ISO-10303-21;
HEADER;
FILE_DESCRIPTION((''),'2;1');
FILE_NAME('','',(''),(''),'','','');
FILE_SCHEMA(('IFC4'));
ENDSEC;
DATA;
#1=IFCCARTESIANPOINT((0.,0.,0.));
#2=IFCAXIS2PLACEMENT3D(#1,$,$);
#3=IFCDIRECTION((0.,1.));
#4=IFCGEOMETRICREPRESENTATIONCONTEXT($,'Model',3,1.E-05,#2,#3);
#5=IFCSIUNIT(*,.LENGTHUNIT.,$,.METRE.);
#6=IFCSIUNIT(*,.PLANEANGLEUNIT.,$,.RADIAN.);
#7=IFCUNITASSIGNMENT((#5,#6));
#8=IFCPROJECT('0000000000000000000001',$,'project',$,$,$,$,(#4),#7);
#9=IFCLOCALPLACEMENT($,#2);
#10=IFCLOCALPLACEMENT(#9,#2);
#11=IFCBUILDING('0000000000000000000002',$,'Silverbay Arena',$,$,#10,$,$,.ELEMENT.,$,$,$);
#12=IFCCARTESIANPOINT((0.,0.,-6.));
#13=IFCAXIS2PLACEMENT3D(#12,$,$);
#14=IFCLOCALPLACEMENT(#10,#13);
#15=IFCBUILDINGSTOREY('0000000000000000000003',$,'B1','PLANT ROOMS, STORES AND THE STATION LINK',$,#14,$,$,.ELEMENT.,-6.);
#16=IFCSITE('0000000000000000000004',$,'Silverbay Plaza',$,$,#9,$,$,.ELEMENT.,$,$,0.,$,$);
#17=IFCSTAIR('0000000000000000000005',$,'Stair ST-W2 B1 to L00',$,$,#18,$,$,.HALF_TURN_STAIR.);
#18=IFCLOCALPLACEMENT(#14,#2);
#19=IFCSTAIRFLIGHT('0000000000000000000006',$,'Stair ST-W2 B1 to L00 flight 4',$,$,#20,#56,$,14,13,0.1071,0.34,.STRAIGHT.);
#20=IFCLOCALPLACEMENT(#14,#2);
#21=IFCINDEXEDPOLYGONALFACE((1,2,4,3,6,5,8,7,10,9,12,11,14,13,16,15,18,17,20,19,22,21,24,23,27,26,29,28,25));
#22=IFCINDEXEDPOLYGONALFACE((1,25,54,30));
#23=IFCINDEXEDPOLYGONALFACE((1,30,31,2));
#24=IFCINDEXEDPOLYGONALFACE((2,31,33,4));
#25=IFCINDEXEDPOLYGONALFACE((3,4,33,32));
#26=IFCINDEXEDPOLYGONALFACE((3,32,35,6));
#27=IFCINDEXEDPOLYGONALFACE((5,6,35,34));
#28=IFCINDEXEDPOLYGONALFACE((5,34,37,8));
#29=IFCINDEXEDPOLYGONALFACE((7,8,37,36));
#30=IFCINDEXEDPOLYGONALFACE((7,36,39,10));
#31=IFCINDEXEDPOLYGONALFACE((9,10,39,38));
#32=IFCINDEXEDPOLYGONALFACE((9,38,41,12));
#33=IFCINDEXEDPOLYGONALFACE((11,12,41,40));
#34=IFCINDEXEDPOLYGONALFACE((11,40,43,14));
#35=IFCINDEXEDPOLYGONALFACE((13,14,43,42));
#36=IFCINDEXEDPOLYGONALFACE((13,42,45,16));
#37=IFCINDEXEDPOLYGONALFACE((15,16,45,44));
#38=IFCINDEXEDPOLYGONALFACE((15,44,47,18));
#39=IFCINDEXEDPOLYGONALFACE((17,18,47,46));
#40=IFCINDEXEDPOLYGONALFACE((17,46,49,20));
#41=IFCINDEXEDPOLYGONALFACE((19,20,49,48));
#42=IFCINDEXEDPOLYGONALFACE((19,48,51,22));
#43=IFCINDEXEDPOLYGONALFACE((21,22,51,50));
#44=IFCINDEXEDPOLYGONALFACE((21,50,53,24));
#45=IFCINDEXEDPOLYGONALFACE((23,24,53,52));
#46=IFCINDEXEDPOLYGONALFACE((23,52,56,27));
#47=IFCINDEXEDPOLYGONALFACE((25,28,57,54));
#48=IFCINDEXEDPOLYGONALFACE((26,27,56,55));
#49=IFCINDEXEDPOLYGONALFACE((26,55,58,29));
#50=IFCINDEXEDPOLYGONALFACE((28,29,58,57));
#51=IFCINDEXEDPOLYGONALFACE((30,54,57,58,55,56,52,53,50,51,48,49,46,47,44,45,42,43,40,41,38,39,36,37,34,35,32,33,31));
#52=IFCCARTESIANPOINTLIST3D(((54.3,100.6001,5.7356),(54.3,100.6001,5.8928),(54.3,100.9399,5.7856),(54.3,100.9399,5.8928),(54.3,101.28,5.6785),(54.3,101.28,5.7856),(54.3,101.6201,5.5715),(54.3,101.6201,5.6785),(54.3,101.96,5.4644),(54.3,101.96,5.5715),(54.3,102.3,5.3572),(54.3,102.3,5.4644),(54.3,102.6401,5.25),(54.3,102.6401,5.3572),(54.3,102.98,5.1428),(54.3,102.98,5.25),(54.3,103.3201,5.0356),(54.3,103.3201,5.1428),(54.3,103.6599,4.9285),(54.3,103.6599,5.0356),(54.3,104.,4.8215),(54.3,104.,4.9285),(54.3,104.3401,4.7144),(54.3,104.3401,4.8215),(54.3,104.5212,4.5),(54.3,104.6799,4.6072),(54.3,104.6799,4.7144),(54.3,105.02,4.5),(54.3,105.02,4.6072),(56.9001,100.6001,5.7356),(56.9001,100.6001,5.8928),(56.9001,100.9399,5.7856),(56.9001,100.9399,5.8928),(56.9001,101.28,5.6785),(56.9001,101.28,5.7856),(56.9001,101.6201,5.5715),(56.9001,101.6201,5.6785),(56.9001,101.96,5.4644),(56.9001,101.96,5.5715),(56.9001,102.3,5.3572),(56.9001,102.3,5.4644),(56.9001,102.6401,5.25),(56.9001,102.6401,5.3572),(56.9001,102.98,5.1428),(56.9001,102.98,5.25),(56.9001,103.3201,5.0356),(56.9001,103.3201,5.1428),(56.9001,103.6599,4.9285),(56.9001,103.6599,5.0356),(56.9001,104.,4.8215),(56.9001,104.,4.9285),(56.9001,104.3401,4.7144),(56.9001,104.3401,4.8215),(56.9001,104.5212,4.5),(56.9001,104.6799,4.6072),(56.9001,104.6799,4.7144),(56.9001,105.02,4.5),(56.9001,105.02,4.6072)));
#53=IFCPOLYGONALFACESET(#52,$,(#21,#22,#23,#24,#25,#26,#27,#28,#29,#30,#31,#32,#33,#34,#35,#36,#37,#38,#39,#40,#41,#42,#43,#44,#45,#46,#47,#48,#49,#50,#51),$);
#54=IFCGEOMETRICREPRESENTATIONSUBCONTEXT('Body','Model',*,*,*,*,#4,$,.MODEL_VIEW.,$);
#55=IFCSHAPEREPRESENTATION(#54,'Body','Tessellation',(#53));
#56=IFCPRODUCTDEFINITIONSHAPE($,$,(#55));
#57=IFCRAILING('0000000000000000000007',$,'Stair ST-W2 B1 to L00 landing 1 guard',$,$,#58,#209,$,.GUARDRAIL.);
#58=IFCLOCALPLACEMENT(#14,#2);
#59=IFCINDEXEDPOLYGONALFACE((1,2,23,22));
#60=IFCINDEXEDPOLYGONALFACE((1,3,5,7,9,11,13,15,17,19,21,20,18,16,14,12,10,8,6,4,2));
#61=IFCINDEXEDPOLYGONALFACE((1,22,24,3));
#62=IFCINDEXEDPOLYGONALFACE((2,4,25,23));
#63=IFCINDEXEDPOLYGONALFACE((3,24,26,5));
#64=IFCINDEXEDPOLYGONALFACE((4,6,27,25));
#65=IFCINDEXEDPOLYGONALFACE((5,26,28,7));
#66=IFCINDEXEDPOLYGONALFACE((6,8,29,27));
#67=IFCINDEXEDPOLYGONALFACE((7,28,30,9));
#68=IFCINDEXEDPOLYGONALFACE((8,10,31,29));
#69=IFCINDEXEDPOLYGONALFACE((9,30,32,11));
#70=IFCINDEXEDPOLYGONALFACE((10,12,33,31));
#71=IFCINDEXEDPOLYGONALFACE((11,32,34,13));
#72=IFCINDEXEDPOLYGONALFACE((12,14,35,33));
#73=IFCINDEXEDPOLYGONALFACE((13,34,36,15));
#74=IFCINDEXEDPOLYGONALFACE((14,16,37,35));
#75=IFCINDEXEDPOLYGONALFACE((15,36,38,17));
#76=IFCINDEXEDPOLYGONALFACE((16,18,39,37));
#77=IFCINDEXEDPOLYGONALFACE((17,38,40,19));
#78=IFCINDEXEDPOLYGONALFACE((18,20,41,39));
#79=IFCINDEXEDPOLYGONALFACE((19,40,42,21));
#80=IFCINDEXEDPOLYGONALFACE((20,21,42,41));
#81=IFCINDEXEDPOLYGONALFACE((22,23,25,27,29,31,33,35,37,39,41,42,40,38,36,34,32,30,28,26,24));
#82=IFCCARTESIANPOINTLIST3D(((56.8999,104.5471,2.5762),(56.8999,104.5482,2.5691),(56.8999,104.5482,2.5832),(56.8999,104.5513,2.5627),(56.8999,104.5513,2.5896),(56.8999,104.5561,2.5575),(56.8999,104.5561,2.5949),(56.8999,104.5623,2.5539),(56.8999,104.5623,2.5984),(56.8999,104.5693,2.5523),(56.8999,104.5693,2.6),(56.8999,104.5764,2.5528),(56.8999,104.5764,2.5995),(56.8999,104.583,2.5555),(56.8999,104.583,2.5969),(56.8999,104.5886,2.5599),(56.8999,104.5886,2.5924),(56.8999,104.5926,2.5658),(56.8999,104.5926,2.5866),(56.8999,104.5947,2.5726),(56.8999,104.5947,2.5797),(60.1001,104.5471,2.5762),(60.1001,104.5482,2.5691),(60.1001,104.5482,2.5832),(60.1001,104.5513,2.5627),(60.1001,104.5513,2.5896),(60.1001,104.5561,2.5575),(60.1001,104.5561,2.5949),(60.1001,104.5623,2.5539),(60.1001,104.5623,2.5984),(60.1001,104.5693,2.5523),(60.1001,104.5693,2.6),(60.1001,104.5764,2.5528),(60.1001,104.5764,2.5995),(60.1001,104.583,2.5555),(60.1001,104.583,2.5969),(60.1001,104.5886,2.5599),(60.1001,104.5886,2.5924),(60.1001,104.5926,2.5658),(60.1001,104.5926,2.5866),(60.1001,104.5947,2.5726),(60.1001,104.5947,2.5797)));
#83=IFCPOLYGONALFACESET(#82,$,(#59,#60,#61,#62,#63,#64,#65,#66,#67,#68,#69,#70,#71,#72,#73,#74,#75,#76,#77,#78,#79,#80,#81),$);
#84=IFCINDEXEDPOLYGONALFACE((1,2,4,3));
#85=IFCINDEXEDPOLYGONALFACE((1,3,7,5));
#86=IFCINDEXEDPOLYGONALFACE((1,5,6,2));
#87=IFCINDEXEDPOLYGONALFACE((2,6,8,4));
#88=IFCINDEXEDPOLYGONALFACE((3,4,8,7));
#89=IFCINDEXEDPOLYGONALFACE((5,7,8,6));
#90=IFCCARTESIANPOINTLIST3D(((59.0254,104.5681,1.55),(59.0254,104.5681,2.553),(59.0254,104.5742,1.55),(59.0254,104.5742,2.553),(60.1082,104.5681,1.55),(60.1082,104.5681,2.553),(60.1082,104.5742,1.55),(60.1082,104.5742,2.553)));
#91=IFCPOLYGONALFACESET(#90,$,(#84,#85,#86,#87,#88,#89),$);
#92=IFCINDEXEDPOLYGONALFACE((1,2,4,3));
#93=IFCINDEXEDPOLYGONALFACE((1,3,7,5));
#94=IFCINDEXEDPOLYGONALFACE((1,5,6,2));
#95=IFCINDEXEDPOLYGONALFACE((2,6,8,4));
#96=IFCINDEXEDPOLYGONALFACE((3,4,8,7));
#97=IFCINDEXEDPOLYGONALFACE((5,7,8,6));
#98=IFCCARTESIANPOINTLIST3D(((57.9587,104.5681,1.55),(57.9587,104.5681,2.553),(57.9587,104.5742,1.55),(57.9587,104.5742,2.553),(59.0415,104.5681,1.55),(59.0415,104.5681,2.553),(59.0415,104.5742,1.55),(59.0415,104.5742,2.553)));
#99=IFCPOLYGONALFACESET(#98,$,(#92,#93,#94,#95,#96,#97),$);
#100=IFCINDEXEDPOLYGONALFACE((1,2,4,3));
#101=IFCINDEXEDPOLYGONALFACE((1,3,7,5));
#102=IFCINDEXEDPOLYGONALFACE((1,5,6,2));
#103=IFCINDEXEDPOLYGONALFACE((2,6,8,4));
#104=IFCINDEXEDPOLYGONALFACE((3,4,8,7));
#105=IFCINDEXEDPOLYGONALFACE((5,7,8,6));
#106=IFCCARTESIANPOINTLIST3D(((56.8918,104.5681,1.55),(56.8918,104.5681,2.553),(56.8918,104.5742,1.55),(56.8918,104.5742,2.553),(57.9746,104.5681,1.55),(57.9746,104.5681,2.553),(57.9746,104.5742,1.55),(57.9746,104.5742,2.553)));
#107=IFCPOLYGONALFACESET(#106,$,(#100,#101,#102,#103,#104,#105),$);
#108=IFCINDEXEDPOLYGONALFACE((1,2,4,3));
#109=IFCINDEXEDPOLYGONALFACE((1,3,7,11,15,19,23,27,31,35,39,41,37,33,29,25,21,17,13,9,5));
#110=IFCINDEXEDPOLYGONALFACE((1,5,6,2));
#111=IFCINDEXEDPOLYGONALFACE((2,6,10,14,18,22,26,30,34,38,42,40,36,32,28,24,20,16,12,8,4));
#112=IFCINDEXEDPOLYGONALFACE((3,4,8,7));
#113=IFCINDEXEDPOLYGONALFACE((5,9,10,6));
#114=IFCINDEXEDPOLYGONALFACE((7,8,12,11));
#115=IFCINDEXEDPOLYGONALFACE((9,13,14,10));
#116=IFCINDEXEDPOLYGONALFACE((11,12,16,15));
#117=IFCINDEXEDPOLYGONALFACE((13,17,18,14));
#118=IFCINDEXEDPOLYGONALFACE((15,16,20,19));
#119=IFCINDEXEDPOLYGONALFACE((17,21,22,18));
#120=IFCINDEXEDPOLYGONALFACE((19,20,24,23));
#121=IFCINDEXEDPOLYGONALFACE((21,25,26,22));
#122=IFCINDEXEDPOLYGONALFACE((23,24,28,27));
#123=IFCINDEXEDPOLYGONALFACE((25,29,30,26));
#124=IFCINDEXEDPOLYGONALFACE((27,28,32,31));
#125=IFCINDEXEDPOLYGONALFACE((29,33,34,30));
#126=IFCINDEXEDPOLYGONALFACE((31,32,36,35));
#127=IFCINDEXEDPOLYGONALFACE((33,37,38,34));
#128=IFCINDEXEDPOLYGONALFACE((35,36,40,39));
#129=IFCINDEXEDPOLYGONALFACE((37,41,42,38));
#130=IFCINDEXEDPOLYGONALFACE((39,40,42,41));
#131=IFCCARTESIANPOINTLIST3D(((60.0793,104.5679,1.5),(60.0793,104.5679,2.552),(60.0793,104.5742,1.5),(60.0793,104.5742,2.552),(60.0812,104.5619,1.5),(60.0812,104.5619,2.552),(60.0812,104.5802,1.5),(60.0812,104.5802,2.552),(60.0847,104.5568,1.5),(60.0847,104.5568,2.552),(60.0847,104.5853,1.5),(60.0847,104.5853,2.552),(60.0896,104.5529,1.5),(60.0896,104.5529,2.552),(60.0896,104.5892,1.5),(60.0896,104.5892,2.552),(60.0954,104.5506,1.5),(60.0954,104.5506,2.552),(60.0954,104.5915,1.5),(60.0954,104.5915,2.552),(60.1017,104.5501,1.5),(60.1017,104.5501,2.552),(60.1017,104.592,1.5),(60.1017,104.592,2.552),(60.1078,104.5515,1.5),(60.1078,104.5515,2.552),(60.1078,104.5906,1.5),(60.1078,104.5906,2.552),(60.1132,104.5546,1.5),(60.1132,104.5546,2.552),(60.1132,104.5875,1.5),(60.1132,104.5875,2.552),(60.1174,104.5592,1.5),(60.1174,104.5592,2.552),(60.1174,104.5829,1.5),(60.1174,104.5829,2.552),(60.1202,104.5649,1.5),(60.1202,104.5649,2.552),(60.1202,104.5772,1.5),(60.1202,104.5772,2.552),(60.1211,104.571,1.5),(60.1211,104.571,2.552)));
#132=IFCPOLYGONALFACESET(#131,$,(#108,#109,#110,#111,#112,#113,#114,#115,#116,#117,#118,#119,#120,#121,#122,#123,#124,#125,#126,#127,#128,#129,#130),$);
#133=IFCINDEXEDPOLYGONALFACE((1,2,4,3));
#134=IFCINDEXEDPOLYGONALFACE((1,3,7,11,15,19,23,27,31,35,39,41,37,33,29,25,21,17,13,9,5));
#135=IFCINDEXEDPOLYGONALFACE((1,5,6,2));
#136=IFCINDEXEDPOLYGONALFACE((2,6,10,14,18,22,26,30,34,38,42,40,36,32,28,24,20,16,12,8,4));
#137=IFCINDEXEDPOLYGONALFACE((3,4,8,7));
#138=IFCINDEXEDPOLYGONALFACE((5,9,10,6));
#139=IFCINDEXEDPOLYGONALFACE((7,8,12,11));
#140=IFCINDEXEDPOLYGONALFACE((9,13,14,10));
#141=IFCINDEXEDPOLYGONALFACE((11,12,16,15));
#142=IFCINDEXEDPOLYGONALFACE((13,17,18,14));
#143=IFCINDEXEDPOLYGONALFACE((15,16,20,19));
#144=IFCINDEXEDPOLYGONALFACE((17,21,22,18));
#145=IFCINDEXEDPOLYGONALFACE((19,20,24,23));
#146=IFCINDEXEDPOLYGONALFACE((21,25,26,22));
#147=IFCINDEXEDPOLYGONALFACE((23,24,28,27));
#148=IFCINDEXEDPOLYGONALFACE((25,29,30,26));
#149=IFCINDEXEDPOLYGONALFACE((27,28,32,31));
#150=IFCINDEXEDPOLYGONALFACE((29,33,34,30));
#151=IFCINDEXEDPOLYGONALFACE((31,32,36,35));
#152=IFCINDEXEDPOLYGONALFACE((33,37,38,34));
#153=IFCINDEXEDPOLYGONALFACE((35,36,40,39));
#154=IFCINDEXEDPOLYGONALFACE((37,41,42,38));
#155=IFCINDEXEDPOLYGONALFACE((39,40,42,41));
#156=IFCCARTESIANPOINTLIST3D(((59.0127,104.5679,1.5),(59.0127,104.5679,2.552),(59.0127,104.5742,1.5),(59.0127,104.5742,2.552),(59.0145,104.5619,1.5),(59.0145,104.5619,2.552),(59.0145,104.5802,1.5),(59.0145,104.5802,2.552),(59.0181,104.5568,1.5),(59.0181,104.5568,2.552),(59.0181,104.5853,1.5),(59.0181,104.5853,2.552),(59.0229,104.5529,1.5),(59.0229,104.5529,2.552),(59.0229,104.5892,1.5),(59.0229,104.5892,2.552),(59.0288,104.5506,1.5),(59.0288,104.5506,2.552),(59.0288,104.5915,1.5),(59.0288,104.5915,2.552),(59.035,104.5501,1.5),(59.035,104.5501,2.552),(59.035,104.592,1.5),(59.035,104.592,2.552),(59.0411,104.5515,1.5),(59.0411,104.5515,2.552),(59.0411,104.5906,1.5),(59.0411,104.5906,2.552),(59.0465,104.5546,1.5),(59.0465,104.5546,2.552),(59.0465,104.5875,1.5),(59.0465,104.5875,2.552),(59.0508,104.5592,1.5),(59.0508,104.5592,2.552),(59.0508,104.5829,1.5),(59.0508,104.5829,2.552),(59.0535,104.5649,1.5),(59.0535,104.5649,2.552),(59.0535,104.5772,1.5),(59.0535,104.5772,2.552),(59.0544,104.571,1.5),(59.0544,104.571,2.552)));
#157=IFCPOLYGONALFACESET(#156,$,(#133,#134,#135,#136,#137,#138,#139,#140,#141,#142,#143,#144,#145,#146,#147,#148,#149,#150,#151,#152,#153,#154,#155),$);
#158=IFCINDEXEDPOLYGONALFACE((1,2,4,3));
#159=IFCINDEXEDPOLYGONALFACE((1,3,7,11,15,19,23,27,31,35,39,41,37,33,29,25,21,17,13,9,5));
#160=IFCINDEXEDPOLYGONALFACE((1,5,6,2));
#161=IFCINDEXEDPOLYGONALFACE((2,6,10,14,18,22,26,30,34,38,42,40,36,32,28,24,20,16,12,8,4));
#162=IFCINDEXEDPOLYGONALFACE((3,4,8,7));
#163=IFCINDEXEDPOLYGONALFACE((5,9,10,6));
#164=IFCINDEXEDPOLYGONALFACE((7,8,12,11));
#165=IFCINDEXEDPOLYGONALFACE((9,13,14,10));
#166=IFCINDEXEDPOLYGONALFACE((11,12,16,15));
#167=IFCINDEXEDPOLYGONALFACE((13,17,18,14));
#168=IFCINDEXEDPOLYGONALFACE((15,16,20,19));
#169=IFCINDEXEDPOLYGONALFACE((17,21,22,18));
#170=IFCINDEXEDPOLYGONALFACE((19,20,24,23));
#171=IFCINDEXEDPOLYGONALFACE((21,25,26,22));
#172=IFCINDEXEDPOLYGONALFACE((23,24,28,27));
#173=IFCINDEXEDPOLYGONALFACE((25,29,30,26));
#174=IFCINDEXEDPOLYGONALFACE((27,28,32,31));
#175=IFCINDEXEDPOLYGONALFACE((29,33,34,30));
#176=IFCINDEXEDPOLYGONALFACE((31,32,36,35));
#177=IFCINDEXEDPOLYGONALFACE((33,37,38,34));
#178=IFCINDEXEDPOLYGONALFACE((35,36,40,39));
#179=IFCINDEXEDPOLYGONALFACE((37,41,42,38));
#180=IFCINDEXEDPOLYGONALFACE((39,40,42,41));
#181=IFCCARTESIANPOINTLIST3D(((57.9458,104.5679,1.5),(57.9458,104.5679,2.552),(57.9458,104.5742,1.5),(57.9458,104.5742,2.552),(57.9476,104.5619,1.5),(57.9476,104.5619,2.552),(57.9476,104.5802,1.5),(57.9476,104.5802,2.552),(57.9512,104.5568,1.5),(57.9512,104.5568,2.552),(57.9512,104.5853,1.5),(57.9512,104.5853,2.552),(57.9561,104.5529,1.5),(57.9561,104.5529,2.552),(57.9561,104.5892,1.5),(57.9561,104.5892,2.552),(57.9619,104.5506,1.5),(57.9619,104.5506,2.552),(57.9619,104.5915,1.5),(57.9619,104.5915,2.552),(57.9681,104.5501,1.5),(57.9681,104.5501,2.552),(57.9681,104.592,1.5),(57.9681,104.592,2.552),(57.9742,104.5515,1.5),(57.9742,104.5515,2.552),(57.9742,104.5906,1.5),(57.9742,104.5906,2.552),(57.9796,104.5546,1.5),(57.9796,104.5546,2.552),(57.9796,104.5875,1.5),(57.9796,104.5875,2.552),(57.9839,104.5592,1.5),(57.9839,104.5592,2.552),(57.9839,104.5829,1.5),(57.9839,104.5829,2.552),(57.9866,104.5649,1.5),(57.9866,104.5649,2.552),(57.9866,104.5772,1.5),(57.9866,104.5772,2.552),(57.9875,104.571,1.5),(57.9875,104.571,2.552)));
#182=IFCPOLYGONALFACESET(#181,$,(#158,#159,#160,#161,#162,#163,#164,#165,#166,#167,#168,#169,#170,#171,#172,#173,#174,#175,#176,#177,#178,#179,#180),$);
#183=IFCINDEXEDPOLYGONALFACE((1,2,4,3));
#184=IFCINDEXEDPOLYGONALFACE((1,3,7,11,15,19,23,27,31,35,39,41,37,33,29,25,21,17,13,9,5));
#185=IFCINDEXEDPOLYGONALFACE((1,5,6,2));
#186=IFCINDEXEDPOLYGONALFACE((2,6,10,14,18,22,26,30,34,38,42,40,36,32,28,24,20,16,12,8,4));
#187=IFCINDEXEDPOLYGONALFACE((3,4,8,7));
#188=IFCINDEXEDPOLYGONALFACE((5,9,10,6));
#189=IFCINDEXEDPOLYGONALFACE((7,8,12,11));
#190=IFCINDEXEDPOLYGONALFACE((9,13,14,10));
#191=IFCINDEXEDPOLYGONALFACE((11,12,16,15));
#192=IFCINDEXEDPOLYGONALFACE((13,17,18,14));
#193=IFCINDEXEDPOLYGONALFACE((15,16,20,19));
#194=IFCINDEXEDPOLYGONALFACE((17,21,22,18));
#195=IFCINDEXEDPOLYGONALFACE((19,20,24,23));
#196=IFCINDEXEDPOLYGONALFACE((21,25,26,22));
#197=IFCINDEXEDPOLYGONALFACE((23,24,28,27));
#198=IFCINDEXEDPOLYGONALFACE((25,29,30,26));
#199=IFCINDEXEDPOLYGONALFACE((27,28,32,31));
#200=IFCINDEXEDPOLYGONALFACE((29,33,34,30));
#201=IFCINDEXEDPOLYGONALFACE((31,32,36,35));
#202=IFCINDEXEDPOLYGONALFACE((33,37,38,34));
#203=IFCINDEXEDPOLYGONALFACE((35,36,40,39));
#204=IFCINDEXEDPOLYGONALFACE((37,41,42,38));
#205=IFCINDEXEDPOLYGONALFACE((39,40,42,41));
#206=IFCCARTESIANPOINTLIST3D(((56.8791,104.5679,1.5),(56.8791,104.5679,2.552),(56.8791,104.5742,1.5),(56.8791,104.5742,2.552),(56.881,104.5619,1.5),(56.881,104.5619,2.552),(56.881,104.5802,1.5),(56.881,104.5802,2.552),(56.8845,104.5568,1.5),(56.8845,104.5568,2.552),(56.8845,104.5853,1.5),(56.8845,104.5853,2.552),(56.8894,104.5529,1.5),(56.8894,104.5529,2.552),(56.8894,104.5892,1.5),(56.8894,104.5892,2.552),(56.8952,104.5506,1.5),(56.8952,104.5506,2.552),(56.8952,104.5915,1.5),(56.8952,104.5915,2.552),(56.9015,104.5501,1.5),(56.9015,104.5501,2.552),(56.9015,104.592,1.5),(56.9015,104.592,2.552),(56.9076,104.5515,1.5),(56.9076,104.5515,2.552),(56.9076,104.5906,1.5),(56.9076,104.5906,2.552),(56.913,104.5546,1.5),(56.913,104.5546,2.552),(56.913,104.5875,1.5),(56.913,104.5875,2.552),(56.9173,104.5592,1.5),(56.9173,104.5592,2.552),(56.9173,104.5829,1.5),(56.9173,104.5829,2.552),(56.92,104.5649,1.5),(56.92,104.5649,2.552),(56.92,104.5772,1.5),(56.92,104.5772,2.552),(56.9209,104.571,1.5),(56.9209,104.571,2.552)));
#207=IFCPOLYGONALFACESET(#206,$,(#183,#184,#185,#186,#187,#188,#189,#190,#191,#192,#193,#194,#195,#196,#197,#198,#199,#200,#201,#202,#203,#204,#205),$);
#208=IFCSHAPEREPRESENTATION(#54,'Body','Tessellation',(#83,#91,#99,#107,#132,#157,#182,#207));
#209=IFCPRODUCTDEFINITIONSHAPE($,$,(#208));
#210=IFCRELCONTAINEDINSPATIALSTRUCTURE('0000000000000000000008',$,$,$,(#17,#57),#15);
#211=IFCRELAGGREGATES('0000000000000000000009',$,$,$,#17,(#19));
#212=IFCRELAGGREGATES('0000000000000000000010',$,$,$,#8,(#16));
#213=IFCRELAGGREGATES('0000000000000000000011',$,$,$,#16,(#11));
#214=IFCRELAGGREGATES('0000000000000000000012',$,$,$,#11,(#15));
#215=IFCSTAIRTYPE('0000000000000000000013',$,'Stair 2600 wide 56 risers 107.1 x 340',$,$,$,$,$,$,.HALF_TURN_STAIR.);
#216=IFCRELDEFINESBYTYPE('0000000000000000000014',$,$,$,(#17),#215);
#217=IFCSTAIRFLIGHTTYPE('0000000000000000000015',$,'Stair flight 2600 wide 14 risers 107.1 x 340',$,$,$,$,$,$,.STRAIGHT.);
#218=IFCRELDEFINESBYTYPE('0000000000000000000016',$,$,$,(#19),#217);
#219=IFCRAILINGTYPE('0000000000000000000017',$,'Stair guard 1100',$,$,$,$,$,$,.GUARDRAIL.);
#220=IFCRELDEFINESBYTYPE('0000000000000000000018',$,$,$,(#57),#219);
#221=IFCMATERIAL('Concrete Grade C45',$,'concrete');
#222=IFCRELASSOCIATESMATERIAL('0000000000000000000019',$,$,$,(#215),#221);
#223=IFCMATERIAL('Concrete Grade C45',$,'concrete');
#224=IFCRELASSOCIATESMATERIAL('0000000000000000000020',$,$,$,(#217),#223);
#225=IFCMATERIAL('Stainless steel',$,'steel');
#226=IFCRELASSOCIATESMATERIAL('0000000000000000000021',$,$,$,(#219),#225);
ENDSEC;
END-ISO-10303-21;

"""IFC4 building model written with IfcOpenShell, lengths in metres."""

from ifc_helpers import new_model, si_unit, direction, frame, origin, origin_2d, place, context, subcontext, project, spatial, polyline, circle, outline, extrude, material, type_object, element, aggregate, save


model = new_model("IFC4")

# Units and contexts
model_context = context("Model", 3, precision=1e-05, world=origin(), true_north=direction((0.0, 1.0)))
body_context = subcontext(model_context, "Body", "Model", "MODEL_VIEW")
ifc_project = project(units=[si_unit("LENGTHUNIT", "METRE"), si_unit("PLANEANGLEUNIT", "RADIAN")], contexts=[model_context])

# Site, building, storey
site_placement = place(None, origin())
site = spatial("IfcSite", under=ifc_project, at=site_placement, Name="Silverbay Plaza", CompositionType="ELEMENT", RefElevation=0.0)
building_placement = place(site_placement, origin())
building = spatial("IfcBuilding", under=site, at=building_placement, Name="Silverbay Arena", CompositionType="ELEMENT")
storey_placement = place(building_placement, frame((0.0, 0.0, -6.0)))
storey = spatial("IfcBuildingStorey", under=building, at=storey_placement, Name="B1", Description="PLANT ROOMS, STORES AND THE STATION LINK", CompositionType="ELEMENT", Elevation=-6.0)

# Stair, stair flight
ifc_material_1 = material(Name="Concrete Grade C45", Category="concrete")
stair_type = type_object("IfcStairType", Name="Stair 2600 wide 56 risers 107.1 x 340", PredefinedType="HALF_TURN_STAIR", material=ifc_material_1)
stair_placement = place(storey_placement, origin())
stair = element("IfcStair", 1, at=stair_placement, inside=storey, type_object=stair_type, Name="Stair ST-W2 B1 to L00", PredefinedType="HALF_TURN_STAIR")
ifc_material_2 = material(Name="Concrete Grade C45", Category="concrete")
stair_flight_type = type_object("IfcStairFlightType", Name="Stair flight 2600 wide 14 risers 107.1 x 340", PredefinedType="STRAIGHT", material=ifc_material_2)
stair_flight_1_placement = place(storey_placement, frame((55.6001, 105.02, 4.5), z_axis=(0.0, 0.0, 1.0), x_axis=(0.0, -1.0, 0.0)))
stair_flight_1 = element("IfcStairFlight", 2, at=stair_flight_1_placement, type_object=stair_flight_type, Name="Stair ST-W2 B1 to L00 flight 4", NumberOfRisers=14, NumberOfTreads=13, PredefinedType="STRAIGHT", RiserHeight=0.1071, TreadLength=0.34, context=body_context, shape_type="SweptSolid", body=[
    extrude(outline(polyline([(0.0, 0.0), (0.0, 0.1072), (0.3401, 0.1072), (0.3401, 0.2144), (0.6799, 0.2144), (0.6799, 0.3215), (1.02, 0.3215), (1.02, 0.4285), (1.3601, 0.4285), (1.3601, 0.5356), (1.7, 0.5356), (1.7, 0.6428), (2.04, 0.6428), (2.04, 0.75), (2.3799, 0.75), (2.3799, 0.8572), (2.72, 0.8572), (2.72, 0.9644), (3.0601, 0.9644), (3.0601, 1.0715), (3.3999, 1.0715), (3.3999, 1.1785), (3.74, 1.1785), (3.74, 1.2856), (4.0801, 1.2856), (4.0801, 1.3928), (4.4199, 1.3928), (4.4199, 1.2356), (0.4988, 0.0), (0.0, 0.0)])), frame((0.0, 1.3, 0.0), z_axis=(0.0, -1.0, 0.0), x_axis=(1.0, 0.0, 0.0)), (0.0, 0.0, 1.0), 2.6001),
])
aggregate(stair, [stair_flight_1])

# Railing
ifc_material_3 = material(Name="Stainless steel", Category="steel")
railing_type_1 = type_object("IfcRailingType", Name="Stair guard 1100", PredefinedType="GUARDRAIL", material=ifc_material_3)
for number, where, name in (
    (3, (60.1001, 104.571, 1.5), "Stair ST-W2 B1 to L00 landing 1 guard"),
):
    element("IfcRailing", number, at=place(storey_placement, frame(where)), inside=storey, type_object=railing_type_1, Name=name, PredefinedType="GUARDRAIL", context=body_context, shape_type="SweptSolid", body=[
        extrude(circle(Radius=0.0239, at=origin_2d()), frame((0.0, 0.0, 1.0762), z_axis=(-1.0, 0.0, 0.0), x_axis=(0.0, -1.0, 0.0)), (0.0, 0.0, 1.0), 3.2002),
        extrude(outline(polyline([(-0.0081, 0.05), (1.0747, 0.05), (1.0747, 1.053), (-0.0081, 1.053), (-0.0081, 0.05)])), frame((0.0, -0.0029, 0.0), z_axis=(0.0, 1.0, 0.0), x_axis=(-1.0, 0.0, 0.0)), (0.0, 0.0, 1.0), 0.0061),
        extrude(outline(polyline([(-0.0081, 0.05), (1.0747, 0.05), (1.0747, 1.053), (-0.0081, 1.053), (-0.0081, 0.05)])), frame((-1.0667, -0.0029, 0.0), z_axis=(0.0, 1.0, 0.0), x_axis=(-1.0, 0.0, 0.0)), (0.0, 0.0, 1.0), 0.0061),
        extrude(outline(polyline([(-0.0081, 0.05), (1.0747, 0.05), (1.0747, 1.053), (-0.0081, 1.053), (-0.0081, 0.05)])), frame((-2.1335, -0.0029, 0.0), z_axis=(0.0, 1.0, 0.0), x_axis=(-1.0, 0.0, 0.0)), (0.0, 0.0, 1.0), 0.0061),
        extrude(circle(Radius=0.021, at=origin_2d()), origin(), (0.0, 0.0, 1.0), 1.052),
        extrude(circle(Radius=0.021, at=origin_2d()), frame((-1.0667, 0.0, 0.0)), (0.0, 0.0, 1.0), 1.052),
        extrude(circle(Radius=0.021, at=origin_2d()), frame((-2.1335, 0.0, 0.0)), (0.0, 0.0, 1.0), 1.052),
        extrude(circle(Radius=0.021, at=origin_2d()), frame((-3.2002, 0.0, 0.0)), (0.0, 0.0, 1.0), 1.052),
    ])

save(model, "model.ifc")
